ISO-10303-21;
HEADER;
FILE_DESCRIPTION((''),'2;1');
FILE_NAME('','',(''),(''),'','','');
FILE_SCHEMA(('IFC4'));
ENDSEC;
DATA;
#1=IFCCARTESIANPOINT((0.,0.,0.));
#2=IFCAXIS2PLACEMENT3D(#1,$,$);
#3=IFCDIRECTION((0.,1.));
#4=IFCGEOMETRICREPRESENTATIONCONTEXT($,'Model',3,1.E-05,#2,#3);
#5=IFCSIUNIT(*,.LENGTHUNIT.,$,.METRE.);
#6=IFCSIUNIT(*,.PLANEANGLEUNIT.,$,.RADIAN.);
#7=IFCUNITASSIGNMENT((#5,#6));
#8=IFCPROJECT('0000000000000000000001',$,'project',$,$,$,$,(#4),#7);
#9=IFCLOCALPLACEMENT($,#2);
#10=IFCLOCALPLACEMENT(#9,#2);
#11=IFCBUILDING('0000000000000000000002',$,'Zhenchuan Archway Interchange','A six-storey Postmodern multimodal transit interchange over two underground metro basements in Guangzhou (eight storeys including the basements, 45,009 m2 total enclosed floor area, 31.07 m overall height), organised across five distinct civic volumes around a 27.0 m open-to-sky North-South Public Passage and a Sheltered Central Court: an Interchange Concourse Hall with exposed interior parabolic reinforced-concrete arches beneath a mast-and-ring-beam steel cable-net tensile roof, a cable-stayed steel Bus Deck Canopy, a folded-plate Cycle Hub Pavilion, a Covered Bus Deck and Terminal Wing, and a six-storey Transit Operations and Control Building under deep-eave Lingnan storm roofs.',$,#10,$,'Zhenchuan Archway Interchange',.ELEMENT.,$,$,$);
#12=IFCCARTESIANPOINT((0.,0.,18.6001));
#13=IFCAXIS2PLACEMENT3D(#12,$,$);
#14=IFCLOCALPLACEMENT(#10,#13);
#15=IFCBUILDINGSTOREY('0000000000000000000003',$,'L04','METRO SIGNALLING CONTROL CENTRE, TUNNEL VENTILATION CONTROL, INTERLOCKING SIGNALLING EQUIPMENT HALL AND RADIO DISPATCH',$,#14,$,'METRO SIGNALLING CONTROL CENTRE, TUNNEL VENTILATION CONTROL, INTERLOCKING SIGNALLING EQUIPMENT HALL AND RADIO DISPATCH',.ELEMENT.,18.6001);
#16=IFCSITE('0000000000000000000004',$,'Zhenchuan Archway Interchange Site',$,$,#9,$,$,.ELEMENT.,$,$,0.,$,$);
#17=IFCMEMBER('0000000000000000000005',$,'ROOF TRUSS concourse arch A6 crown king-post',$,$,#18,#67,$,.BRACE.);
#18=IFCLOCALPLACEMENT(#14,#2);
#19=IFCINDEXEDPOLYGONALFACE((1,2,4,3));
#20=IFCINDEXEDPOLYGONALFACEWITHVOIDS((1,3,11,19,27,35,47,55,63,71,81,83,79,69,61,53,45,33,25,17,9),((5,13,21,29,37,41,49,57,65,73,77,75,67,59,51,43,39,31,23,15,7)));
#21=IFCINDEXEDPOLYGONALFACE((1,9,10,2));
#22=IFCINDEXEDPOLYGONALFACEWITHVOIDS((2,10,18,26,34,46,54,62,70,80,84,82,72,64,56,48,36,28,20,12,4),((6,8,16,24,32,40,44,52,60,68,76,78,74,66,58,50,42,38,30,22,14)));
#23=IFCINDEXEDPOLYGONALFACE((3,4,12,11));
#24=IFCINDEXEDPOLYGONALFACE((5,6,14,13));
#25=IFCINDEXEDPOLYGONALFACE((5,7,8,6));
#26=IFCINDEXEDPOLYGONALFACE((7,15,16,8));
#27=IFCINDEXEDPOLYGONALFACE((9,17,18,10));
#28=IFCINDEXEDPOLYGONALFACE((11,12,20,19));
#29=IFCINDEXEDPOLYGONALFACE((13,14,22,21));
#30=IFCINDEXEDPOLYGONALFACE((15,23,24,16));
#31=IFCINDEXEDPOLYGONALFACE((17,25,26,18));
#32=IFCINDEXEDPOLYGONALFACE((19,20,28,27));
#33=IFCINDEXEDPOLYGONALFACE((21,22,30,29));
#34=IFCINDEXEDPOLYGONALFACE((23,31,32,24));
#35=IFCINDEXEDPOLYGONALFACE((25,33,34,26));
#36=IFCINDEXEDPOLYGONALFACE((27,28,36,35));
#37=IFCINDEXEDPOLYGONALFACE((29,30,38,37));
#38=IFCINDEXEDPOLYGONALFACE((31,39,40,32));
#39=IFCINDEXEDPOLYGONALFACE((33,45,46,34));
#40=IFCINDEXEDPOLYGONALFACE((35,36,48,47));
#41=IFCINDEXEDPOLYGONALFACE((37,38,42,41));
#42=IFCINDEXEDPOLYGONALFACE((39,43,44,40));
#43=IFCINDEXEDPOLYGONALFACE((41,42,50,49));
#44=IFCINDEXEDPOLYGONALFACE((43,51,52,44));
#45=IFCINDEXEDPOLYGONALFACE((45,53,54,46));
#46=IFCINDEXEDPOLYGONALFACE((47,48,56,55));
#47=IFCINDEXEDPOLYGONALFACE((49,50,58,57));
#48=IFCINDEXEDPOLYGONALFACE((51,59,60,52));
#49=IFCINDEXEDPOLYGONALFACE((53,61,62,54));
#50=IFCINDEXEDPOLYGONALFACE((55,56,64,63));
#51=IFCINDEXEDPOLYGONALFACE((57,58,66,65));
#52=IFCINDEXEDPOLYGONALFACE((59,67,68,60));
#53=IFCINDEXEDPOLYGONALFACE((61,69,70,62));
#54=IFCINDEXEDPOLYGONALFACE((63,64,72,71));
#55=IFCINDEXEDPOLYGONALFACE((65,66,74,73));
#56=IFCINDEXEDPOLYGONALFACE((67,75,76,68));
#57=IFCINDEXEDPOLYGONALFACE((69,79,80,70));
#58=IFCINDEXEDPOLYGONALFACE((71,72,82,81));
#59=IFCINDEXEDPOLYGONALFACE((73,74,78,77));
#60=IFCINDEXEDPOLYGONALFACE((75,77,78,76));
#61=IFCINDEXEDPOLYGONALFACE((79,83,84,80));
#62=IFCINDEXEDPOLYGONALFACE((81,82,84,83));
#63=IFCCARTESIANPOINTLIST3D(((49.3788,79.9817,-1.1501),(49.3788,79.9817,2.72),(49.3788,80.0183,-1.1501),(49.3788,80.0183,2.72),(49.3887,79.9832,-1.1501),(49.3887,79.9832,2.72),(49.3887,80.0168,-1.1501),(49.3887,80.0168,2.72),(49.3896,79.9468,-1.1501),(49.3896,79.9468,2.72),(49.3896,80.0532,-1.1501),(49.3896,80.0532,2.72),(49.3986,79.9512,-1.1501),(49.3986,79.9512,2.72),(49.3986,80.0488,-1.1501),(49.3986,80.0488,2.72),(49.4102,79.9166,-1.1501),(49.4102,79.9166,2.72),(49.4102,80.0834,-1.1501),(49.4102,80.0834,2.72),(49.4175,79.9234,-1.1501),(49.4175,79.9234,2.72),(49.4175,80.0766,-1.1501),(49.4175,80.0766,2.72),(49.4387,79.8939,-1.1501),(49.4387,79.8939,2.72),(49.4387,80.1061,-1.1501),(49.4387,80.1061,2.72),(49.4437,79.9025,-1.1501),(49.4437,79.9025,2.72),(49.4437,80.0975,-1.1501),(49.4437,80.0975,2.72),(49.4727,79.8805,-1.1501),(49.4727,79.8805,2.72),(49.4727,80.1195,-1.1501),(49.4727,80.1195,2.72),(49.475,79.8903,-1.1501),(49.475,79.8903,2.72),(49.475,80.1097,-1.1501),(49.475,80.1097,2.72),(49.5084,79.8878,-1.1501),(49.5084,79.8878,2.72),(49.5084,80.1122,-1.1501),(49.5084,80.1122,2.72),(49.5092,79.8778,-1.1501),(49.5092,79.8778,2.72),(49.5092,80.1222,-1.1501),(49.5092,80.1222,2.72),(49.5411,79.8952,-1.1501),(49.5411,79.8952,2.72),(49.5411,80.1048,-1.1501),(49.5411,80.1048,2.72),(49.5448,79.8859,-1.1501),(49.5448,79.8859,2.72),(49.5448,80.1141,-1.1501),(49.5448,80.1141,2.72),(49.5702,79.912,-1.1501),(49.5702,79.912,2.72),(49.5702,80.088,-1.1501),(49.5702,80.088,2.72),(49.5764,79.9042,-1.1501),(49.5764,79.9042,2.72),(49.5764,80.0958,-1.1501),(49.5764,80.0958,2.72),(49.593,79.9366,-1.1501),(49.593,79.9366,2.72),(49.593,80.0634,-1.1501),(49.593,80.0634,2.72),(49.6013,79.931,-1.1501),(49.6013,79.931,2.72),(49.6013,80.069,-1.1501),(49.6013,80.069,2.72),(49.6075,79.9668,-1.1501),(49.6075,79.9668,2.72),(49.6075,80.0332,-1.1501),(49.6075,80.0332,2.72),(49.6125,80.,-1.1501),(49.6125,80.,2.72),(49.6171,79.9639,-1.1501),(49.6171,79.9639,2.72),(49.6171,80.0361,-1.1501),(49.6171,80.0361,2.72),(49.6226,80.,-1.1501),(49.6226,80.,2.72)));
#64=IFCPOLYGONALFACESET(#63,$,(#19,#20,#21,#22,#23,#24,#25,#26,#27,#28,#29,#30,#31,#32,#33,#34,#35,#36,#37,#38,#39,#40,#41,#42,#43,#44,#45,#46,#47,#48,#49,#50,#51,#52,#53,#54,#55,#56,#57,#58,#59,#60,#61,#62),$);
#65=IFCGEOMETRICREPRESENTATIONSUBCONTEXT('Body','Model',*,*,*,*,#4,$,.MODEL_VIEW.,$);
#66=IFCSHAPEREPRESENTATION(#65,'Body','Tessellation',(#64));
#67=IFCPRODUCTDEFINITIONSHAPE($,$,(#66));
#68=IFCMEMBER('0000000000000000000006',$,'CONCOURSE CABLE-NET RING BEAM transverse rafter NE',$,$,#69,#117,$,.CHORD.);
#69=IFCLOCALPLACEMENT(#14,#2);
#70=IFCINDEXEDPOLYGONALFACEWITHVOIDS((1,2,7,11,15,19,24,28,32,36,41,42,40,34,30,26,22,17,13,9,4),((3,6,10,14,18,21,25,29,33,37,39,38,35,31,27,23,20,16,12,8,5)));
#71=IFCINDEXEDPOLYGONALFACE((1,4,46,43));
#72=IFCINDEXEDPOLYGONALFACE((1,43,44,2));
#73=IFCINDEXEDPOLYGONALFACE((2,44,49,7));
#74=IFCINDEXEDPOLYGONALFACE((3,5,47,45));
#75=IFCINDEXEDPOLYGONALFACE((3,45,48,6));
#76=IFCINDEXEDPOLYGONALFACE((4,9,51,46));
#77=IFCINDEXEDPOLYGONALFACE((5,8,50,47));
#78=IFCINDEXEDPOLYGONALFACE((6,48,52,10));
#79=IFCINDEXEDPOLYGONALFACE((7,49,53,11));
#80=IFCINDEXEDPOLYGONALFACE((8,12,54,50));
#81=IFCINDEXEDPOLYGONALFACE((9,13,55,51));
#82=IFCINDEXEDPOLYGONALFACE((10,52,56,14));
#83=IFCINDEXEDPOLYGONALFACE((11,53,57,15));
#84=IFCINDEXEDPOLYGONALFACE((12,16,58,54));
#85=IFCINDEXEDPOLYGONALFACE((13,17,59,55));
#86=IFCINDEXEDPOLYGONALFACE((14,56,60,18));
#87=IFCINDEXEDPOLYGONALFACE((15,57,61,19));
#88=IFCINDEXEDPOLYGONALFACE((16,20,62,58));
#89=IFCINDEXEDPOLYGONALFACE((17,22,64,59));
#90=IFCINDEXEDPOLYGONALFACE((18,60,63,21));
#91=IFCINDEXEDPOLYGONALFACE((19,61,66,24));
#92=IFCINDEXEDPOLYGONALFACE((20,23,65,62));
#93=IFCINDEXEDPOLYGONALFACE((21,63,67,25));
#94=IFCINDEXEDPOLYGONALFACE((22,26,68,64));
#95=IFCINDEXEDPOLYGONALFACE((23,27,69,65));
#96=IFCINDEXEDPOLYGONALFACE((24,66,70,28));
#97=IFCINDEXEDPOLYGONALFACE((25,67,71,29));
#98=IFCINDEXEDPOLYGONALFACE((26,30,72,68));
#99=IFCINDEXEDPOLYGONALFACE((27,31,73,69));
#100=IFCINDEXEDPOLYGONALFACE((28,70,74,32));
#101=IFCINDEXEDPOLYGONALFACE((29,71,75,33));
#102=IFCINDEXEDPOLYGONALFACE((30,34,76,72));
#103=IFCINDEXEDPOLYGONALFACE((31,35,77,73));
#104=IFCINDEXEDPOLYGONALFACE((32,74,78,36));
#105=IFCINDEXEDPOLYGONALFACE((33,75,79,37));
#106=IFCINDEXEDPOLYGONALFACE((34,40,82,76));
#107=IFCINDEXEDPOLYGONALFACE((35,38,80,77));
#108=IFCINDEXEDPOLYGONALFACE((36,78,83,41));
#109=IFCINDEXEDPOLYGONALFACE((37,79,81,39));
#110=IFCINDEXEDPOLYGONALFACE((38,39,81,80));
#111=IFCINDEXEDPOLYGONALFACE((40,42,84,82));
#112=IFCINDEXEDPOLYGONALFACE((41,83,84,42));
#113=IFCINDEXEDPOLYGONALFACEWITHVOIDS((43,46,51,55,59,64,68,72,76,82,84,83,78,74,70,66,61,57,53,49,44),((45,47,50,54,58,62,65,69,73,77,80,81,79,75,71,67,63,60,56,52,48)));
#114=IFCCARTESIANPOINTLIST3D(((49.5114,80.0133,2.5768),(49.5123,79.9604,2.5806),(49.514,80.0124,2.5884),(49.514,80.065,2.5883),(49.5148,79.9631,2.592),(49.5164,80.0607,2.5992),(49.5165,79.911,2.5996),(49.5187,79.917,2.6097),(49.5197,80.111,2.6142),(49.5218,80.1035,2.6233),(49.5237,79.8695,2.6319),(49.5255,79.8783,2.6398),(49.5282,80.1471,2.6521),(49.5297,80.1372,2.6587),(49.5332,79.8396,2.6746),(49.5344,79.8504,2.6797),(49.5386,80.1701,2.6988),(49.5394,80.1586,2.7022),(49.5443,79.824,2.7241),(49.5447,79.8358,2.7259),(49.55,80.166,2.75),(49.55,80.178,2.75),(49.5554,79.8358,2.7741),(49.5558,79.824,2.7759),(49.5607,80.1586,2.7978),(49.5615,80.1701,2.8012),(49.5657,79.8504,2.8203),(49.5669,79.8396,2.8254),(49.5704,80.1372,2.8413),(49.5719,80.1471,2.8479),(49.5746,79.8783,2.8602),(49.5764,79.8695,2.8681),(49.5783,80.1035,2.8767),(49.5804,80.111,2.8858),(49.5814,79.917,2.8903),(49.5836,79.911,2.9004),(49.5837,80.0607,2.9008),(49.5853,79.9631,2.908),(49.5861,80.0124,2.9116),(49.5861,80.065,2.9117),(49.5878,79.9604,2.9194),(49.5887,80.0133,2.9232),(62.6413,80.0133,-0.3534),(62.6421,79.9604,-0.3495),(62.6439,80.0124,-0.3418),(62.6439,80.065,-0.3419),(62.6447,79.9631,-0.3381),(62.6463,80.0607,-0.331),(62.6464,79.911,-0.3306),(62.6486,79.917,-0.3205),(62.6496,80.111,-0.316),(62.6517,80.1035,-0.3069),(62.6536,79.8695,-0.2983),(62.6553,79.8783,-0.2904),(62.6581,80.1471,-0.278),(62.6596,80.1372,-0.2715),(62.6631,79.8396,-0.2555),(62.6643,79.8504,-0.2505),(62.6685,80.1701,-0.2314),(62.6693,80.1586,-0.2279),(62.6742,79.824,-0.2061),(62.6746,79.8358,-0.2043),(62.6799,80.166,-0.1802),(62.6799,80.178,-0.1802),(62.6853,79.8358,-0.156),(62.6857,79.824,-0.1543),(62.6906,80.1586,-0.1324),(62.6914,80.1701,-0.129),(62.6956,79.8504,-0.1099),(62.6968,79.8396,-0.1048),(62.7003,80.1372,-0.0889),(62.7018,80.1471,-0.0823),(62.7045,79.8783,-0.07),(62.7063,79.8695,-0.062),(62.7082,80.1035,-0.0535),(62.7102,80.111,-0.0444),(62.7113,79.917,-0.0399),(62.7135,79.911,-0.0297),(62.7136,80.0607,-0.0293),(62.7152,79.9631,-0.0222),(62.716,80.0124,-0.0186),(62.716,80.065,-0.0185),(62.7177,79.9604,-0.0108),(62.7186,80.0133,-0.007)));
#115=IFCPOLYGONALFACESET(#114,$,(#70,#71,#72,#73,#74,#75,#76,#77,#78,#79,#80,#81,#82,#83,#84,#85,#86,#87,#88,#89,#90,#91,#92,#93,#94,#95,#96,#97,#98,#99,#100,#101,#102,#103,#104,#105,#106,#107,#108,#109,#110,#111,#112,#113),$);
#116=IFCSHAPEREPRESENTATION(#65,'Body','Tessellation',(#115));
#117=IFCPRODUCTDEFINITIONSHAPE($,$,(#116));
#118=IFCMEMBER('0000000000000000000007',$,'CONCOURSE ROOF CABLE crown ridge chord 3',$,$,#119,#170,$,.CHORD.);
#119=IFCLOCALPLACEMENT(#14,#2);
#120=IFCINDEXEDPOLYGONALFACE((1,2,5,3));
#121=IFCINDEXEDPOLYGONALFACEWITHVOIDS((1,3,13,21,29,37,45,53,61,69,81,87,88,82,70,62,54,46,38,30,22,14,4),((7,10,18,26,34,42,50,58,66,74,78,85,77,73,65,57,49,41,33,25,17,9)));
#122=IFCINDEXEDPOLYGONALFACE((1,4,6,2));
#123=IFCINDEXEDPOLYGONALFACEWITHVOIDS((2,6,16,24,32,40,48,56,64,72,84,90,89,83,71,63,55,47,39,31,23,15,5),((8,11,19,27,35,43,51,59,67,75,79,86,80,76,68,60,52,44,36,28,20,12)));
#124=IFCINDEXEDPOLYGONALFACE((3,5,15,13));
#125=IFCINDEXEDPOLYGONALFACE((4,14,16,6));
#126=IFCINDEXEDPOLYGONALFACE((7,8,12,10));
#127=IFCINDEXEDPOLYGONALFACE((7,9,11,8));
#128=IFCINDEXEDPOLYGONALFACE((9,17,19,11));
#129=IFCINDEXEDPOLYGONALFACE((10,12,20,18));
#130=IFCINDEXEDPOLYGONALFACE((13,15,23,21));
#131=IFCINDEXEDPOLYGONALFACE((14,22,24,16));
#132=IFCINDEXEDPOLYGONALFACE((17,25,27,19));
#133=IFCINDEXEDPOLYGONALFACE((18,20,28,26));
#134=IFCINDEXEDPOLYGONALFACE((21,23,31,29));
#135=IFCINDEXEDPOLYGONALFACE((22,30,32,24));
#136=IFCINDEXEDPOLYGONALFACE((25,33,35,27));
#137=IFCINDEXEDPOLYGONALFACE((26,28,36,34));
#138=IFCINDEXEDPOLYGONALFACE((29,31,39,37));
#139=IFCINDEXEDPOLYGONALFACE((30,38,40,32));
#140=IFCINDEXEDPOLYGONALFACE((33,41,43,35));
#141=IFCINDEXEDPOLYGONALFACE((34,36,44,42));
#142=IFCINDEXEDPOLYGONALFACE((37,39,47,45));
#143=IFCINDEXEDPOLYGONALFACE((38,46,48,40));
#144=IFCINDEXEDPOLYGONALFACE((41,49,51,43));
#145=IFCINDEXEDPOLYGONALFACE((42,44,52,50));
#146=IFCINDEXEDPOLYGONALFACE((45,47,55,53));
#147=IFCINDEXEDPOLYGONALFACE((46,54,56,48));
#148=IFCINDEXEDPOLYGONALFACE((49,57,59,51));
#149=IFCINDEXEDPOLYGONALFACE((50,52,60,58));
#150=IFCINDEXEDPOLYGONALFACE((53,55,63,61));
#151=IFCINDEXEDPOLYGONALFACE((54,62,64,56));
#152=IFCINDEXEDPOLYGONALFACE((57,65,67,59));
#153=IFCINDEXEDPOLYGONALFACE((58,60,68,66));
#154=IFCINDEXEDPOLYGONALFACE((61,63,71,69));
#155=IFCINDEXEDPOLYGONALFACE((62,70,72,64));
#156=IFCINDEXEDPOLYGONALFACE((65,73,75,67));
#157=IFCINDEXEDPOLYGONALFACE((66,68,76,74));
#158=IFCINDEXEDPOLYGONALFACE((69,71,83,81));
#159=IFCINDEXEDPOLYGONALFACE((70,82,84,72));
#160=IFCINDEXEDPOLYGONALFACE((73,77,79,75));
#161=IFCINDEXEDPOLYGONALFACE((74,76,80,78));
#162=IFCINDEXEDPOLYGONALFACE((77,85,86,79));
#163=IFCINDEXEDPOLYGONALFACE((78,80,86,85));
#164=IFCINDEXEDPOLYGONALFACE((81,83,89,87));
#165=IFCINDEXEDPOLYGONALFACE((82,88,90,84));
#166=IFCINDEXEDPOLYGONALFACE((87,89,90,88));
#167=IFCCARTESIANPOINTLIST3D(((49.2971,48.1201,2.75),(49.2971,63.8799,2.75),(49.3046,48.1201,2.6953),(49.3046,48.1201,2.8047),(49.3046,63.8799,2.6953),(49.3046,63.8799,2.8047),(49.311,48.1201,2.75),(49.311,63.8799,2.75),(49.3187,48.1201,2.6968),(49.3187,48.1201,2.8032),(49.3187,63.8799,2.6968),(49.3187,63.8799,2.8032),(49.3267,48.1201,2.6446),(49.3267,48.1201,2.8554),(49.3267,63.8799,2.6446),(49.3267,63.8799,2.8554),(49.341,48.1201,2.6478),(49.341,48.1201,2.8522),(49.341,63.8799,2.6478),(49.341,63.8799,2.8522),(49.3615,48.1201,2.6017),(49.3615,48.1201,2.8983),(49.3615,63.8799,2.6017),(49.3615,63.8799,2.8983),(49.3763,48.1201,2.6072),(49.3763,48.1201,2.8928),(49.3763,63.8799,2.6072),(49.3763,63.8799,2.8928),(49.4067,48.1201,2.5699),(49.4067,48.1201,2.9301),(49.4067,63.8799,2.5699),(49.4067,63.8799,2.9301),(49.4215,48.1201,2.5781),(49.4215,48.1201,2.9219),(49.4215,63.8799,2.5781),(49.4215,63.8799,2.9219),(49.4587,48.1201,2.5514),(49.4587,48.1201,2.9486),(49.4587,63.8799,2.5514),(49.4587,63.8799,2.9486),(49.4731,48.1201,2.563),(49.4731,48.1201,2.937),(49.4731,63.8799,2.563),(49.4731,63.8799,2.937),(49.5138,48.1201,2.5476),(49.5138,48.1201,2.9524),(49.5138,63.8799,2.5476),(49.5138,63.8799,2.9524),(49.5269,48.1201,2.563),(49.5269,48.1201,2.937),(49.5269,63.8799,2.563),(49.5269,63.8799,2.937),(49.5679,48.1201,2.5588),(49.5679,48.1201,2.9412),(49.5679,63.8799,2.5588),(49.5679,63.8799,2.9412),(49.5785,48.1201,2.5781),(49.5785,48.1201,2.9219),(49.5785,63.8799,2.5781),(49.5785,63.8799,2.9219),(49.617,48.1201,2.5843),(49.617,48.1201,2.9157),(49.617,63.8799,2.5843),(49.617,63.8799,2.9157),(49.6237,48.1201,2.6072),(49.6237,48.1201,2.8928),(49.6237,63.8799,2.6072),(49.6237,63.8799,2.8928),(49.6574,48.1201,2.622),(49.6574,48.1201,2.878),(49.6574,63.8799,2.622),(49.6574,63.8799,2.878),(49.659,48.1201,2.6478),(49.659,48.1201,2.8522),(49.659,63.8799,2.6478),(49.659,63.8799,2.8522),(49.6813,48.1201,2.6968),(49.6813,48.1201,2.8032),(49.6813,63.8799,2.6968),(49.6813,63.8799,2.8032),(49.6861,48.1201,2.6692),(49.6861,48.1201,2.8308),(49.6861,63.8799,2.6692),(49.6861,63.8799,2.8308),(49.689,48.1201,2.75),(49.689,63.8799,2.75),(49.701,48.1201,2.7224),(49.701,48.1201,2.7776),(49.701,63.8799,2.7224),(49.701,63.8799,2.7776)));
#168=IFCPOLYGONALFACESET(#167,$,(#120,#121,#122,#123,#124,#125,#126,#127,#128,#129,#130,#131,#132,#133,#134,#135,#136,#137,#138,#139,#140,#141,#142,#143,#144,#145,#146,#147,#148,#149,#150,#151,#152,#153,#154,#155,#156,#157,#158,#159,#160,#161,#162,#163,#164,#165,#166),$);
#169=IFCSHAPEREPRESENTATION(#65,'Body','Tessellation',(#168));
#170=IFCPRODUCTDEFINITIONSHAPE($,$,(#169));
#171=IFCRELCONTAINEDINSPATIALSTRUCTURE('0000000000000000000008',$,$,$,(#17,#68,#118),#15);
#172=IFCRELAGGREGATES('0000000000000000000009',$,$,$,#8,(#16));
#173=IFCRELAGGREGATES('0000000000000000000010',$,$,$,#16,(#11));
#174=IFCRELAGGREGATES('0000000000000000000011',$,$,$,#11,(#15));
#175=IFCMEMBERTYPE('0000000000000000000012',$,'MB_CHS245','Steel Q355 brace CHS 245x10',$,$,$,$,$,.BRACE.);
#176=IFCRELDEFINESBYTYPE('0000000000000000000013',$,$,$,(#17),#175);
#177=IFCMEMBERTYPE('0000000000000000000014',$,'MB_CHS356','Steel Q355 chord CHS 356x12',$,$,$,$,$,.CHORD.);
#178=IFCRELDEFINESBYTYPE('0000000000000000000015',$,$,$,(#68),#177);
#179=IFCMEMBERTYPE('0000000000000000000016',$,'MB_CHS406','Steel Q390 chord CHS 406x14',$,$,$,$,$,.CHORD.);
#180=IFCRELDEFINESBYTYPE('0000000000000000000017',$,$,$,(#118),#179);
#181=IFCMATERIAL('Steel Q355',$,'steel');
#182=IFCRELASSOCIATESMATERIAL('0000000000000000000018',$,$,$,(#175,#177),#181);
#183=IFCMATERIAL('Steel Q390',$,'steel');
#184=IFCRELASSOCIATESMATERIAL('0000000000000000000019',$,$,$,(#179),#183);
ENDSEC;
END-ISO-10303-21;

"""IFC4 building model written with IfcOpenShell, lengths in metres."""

from ifc_helpers import new_model, si_unit, direction, frame, origin, origin_2d, place, context, subcontext, project, spatial, hollow_circle, extrude, material, material_profile, profile_set, type_object, element, save


model = new_model("IFC4")

# Units and contexts
model_context = context("Model", 3, precision=1e-05, world=origin(), true_north=direction((0.0, 1.0)))
body_context = subcontext(model_context, "Body", "Model", "MODEL_VIEW")
ifc_project = project(units=[si_unit("LENGTHUNIT", "METRE"), si_unit("PLANEANGLEUNIT", "RADIAN")], contexts=[model_context])

# Site, building, storey
site_placement = place(None, origin())
site = spatial("IfcSite", under=ifc_project, at=site_placement, Name="Zhenchuan Archway Interchange Site", CompositionType="ELEMENT", RefElevation=0.0)
building_placement = place(site_placement, origin())
building = spatial("IfcBuilding", under=site, at=building_placement, Name="Zhenchuan Archway Interchange", Description="A six-storey Postmodern multimodal transit interchange over two underground metro basements in Guangzhou (eight storeys including the basements, 45,009 m2 total enclosed floor area, 31.07 m overall height), organised across five distinct civic volumes around a 27.0 m open-to-sky North-South Public Passage and a Sheltered Central Court: an Interchange Concourse Hall with exposed interior parabolic reinforced-concrete arches beneath a mast-and-ring-beam steel cable-net tensile roof, a cable-stayed steel Bus Deck Canopy, a folded-plate Cycle Hub Pavilion, a Covered Bus Deck and Terminal Wing, and a six-storey Transit Operations and Control Building under deep-eave Lingnan storm roofs.", LongName="Zhenchuan Archway Interchange", CompositionType="ELEMENT")
storey_placement = place(building_placement, frame((0.0, 0.0, 18.6001)))
storey = spatial("IfcBuildingStorey", under=building, at=storey_placement, Name="L04", Description="METRO SIGNALLING CONTROL CENTRE, TUNNEL VENTILATION CONTROL, INTERLOCKING SIGNALLING EQUIPMENT HALL AND RADIO DISPATCH", LongName="METRO SIGNALLING CONTROL CENTRE, TUNNEL VENTILATION CONTROL, INTERLOCKING SIGNALLING EQUIPMENT HALL AND RADIO DISPATCH", CompositionType="ELEMENT", Elevation=18.6001)

# Shared definitions
ifc_material_1 = material(Name="Steel Q390", Category="steel")

# Members
ifc_material_2 = material(Name="Steel Q355", Category="steel")
ifc_material_profile_1 = material_profile(ifc_material_2, hollow_circle(Radius=0.1226, WallThickness=0.01, at=origin_2d()), Name="CHS 245x10")
ifc_profile_set_1 = profile_set([ifc_material_profile_1], Name="Steel Q355")
member_type_1 = type_object("IfcMemberType", Name="MB_CHS245", Description="Steel Q355 brace CHS 245x10", PredefinedType="BRACE", material=ifc_profile_set_1)
for number, where, z_axis, x_axis, name in (
    (1, (49.5, 80.0, -1.1501), (0.0, 0.0, 1.0), (1.0, 0.0, 0.0), "ROOF TRUSS concourse arch A6 crown king-post"),
):
    element("IfcMember", number, at=place(storey_placement, frame(where, z_axis=z_axis, x_axis=x_axis)), inside=storey, type_object=member_type_1, Name=name, PredefinedType="BRACE", context=body_context, shape_type="SweptSolid", body=[
        extrude(hollow_circle(Radius=0.1226, WallThickness=0.01, at=origin_2d()), origin(), (0.0, 0.0, 1.0), 3.8701),
    ])
ifc_material_profile_2 = material_profile(ifc_material_2, hollow_circle(Radius=0.178, WallThickness=0.012, at=origin_2d()), Name="CHS 356x12")
ifc_profile_set_2 = profile_set([ifc_material_profile_2], Name="Steel Q355")
member_type_2 = type_object("IfcMemberType", Name="MB_CHS356", Description="Steel Q355 chord CHS 356x12", PredefinedType="CHORD", material=ifc_profile_set_2)
member_1_placement = place(storey_placement, frame((49.55, 80.0, 2.75), z_axis=(0.975991, 0.0, -0.21781), x_axis=(0.0, 1.0, 0.0)))
element("IfcMember", 2, at=member_1_placement, inside=storey, type_object=member_type_2, Name="CONCOURSE CABLE-NET RING BEAM transverse rafter NE", PredefinedType="CHORD", context=body_context, shape_type="SweptSolid", body=[
    extrude(hollow_circle(Radius=0.178, WallThickness=0.012, at=origin_2d()), origin(), (0.0, 0.0, 1.0), 13.4529),
])
ifc_material_profile_3 = material_profile(ifc_material_1, hollow_circle(Radius=0.2029, WallThickness=0.0139, at=origin_2d()), Name="CHS 406x14")
ifc_profile_set_3 = profile_set([ifc_material_profile_3], Name="Steel Q390")
member_type_3 = type_object("IfcMemberType", Name="MB_CHS406", Description="Steel Q390 chord CHS 406x14", PredefinedType="CHORD", material=ifc_profile_set_3)
member_2_placement = place(storey_placement, frame((49.5, 48.1201, 2.75), z_axis=(0.0, 1.0, 0.0), x_axis=(-1.0, 0.0, 0.0)))
element("IfcMember", 3, at=member_2_placement, inside=storey, type_object=member_type_3, Name="CONCOURSE ROOF CABLE crown ridge chord 3", PredefinedType="CHORD", context=body_context, shape_type="SweptSolid", body=[
    extrude(hollow_circle(Radius=0.2029, WallThickness=0.0139, at=origin_2d()), origin(), (0.0, 0.0, 1.0), 15.7598),
])

save(model, "model.ifc")
